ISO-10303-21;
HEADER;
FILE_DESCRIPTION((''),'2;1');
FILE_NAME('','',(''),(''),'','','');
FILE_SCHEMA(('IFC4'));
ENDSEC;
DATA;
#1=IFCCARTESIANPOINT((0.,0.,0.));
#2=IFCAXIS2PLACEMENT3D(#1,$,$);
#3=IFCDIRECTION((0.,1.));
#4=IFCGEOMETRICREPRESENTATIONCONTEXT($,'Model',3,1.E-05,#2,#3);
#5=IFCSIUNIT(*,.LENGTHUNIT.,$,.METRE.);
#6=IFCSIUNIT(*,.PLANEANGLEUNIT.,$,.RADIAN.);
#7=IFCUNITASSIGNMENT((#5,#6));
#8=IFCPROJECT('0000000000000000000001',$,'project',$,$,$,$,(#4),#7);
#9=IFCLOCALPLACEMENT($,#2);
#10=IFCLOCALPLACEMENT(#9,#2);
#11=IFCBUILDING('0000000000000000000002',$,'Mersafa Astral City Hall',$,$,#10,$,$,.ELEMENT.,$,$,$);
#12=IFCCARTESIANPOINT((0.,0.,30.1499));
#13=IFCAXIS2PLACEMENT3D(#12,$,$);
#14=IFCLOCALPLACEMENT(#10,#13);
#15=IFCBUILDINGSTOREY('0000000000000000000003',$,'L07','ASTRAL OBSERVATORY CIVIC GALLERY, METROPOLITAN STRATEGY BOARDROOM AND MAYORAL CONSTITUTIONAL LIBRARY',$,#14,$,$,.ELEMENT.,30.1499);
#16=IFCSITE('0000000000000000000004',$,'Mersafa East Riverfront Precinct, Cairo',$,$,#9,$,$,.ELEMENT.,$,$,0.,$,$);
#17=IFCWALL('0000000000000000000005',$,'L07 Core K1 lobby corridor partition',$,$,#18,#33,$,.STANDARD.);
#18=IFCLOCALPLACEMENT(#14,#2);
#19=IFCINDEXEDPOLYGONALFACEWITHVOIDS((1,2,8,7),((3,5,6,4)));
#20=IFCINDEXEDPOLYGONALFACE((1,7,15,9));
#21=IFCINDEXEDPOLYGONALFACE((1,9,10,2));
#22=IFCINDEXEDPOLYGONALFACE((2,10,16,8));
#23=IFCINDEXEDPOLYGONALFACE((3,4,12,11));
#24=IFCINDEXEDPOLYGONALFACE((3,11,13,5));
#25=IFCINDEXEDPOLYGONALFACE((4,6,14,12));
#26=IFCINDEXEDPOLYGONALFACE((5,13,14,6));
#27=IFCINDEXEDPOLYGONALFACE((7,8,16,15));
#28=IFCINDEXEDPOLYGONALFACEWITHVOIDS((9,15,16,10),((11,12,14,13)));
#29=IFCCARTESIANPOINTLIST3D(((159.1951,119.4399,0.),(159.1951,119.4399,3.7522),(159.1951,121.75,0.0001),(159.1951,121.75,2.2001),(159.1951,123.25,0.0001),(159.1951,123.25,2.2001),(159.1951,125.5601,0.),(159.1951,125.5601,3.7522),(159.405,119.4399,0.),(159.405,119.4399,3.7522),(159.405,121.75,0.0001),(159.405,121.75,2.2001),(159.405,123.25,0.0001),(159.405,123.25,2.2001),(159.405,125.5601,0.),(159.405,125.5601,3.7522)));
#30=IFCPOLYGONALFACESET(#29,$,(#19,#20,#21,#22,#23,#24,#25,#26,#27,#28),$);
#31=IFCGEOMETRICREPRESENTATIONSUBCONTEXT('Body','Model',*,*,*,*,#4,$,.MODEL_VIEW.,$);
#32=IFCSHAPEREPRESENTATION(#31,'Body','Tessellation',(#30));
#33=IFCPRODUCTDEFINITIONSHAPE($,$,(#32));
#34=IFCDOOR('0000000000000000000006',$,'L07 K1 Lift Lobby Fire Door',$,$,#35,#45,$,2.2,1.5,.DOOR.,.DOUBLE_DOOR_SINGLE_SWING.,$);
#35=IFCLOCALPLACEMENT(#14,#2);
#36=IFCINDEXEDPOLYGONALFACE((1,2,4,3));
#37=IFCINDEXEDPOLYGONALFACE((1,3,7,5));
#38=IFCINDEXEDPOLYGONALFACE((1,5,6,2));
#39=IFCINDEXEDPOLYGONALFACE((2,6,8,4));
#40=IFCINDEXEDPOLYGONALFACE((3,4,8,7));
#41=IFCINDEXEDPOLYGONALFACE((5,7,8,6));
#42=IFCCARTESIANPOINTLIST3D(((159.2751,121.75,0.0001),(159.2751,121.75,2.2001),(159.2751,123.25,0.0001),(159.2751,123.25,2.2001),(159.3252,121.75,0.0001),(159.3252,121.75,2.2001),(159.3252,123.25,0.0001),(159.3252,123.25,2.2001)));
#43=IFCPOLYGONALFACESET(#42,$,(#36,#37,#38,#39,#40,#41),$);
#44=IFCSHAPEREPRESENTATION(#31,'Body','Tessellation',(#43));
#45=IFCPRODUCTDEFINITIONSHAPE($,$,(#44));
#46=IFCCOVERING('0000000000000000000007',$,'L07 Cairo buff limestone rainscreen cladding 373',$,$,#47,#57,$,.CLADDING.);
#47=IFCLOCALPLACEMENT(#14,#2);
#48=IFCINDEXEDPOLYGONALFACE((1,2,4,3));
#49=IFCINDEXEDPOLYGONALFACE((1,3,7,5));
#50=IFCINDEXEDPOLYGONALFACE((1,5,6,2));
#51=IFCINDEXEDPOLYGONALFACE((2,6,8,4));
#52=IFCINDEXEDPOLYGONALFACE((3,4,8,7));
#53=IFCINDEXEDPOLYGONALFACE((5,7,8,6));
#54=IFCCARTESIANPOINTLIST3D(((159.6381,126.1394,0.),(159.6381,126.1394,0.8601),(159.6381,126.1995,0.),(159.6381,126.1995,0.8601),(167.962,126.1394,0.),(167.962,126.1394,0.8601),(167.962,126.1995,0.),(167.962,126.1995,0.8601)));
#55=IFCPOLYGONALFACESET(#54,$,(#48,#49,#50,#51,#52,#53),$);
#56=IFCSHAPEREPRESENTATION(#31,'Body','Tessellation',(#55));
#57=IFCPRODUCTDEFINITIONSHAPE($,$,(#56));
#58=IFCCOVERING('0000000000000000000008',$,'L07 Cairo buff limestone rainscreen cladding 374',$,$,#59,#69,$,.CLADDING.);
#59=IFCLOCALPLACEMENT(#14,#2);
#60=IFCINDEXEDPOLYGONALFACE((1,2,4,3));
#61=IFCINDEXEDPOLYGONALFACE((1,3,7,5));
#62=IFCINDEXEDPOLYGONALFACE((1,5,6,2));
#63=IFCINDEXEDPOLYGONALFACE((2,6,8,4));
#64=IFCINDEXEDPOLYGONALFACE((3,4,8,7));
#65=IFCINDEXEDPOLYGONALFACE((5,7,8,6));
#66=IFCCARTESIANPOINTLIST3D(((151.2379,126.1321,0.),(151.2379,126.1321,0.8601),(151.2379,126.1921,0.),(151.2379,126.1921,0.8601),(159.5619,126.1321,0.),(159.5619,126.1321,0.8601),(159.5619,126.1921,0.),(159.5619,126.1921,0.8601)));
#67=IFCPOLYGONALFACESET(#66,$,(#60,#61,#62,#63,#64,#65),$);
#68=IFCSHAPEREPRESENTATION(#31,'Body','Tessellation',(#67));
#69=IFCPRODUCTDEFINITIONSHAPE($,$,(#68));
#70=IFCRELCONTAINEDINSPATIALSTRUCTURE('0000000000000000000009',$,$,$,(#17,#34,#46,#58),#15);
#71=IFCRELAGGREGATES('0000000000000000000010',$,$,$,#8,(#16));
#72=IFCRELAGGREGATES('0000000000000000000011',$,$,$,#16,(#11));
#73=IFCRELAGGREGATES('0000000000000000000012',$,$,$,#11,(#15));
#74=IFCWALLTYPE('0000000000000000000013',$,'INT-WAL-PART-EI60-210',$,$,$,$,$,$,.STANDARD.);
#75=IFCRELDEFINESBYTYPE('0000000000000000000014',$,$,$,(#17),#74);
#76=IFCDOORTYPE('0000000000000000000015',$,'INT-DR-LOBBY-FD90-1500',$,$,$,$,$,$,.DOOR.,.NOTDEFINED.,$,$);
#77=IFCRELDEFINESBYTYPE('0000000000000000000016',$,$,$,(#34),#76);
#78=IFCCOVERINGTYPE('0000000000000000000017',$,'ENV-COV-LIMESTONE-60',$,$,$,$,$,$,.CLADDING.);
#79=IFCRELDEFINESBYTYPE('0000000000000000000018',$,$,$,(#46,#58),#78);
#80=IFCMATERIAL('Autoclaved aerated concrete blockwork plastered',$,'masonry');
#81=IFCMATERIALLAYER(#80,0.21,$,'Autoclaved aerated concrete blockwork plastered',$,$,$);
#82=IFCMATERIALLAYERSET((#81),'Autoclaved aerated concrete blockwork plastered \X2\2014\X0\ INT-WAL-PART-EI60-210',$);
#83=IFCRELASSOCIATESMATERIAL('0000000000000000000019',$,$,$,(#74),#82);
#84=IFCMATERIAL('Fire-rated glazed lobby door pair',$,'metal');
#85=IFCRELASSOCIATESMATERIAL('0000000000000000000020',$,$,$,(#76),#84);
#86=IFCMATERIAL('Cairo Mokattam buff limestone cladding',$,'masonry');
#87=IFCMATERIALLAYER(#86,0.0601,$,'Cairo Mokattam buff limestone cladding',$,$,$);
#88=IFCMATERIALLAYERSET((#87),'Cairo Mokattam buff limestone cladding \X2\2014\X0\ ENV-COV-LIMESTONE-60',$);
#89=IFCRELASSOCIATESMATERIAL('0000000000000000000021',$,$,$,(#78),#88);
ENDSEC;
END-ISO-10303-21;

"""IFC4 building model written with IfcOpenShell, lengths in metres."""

from ifc_helpers import new_model, si_unit, direction, frame, frame_2d, origin, origin_2d, place, context, subcontext, project, spatial, rectangle, extrude, material, layer, layer_set, type_object, element, fill, save


model = new_model("IFC4")

# Units and contexts
model_context = context("Model", 3, precision=1e-05, world=origin(), true_north=direction((0.0, 1.0)))
body_context = subcontext(model_context, "Body", "Model", "MODEL_VIEW")
ifc_project = project(units=[si_unit("LENGTHUNIT", "METRE"), si_unit("PLANEANGLEUNIT", "RADIAN")], contexts=[model_context])

# Site, building, storey
site_placement = place(None, origin())
site = spatial("IfcSite", under=ifc_project, at=site_placement, Name="Mersafa East Riverfront Precinct, Cairo", CompositionType="ELEMENT", RefElevation=0.0)
building_placement = place(site_placement, origin())
building = spatial("IfcBuilding", under=site, at=building_placement, Name="Mersafa Astral City Hall", CompositionType="ELEMENT")
storey_placement = place(building_placement, frame((0.0, 0.0, 30.1499)))
storey = spatial("IfcBuildingStorey", under=building, at=storey_placement, Name="L07", Description="ASTRAL OBSERVATORY CIVIC GALLERY, METROPOLITAN STRATEGY BOARDROOM AND MAYORAL CONSTITUTIONAL LIBRARY", CompositionType="ELEMENT", Elevation=30.1499)

# Wall, opening, door
ifc_material_1 = material(Name="Autoclaved aerated concrete blockwork plastered", Category="masonry")
ifc_layer_1 = layer(ifc_material_1, 0.21, Name="Autoclaved aerated concrete blockwork plastered")
ifc_layer_set_1 = layer_set([ifc_layer_1], Name="Autoclaved aerated concrete blockwork plastered — INT-WAL-PART-EI60-210")
wall_type_1 = type_object("IfcWallType", Name="INT-WAL-PART-EI60-210", PredefinedType="STANDARD", material=ifc_layer_set_1)
wall_1_placement = place(storey_placement, frame((159.3, 119.4399, 0.0), z_axis=(0.0, 0.0, 1.0), x_axis=(0.0, 1.0, 0.0)))
wall_1 = element("IfcWall", 1, at=wall_1_placement, inside=storey, type_object=wall_type_1, Name="L07 Core K1 lobby corridor partition", PredefinedType="STANDARD", context=body_context, shape_type="SweptSolid", body=[
    extrude(rectangle(XDim=6.1201, YDim=0.21, at=frame_2d((3.0601, 0.0))), origin(), (0.0, 0.0, 1.0), 3.7522),
])
opening_1_placement = place(wall_1_placement, frame((2.3101, 0.0, 0.0)))
opening_1 = element("IfcOpeningElement", 2, at=opening_1_placement, cuts=wall_1, PredefinedType="OPENING", context=body_context, shape_type="SweptSolid", body=[
    extrude(rectangle(XDim=1.5, YDim=2.2, at=frame_2d((0.75, 1.1001))), frame((0.0, 0.115, 0.0), z_axis=(0.0, -1.0, 0.0), x_axis=(1.0, 0.0, 0.0)), (0.0, 0.0, 1.0), 0.23),
])
ifc_material_2 = material(Name="Fire-rated glazed lobby door pair", Category="metal")
door_type_1 = type_object("IfcDoorType", Name="INT-DR-LOBBY-FD90-1500", OperationType="NOTDEFINED", PredefinedType="DOOR", material=ifc_material_2)
door_1_placement = place(opening_1_placement, origin())
door_1 = element("IfcDoor", 3, at=door_1_placement, inside=storey, type_object=door_type_1, Name="L07 K1 Lift Lobby Fire Door", OperationType="DOUBLE_DOOR_SINGLE_SWING", OverallHeight=2.2, OverallWidth=1.5, PredefinedType="DOOR", context=body_context, shape_type="SweptSolid", body=[
    extrude(rectangle(XDim=1.5, YDim=2.2, at=frame_2d((0.75, 1.1001))), frame((0.0, 0.0249, 0.0), z_axis=(0.0, -1.0, 0.0), x_axis=(1.0, 0.0, 0.0)), (0.0, 0.0, 1.0), 0.05),
])
fill(opening_1, door_1)

# Coverings
ifc_material_3 = material(Name="Cairo Mokattam buff limestone cladding", Category="masonry")
ifc_layer_2 = layer(ifc_material_3, 0.0601, Name="Cairo Mokattam buff limestone cladding")
ifc_layer_set_2 = layer_set([ifc_layer_2], Name="Cairo Mokattam buff limestone cladding — ENV-COV-LIMESTONE-60")
covering_type = type_object("IfcCoveringType", Name="ENV-COV-LIMESTONE-60", PredefinedType="CLADDING", material=ifc_layer_set_2)
for number, where, z_axis, x_axis, name in (
    (4, (163.8, 126.1694, 0.0), (0.0, 0.0, 1.0), (-1.0, 0.0, 0.0), "L07 Cairo buff limestone rainscreen cladding 373"),
    (5, (155.3999, 126.1621, 0.0), (0.0, 0.0, 1.0), (-1.0, 0.0, 0.0), "L07 Cairo buff limestone rainscreen cladding 374"),
):
    element("IfcCovering", number, at=place(storey_placement, frame(where, z_axis=z_axis, x_axis=x_axis)), inside=storey, type_object=covering_type, Name=name, PredefinedType="CLADDING", context=body_context, shape_type="SweptSolid", body=[
        extrude(rectangle(XDim=8.324, YDim=0.0601, at=origin_2d()), origin(), (0.0, 0.0, 1.0), 0.8601),
    ])

save(model, "model.ifc")
